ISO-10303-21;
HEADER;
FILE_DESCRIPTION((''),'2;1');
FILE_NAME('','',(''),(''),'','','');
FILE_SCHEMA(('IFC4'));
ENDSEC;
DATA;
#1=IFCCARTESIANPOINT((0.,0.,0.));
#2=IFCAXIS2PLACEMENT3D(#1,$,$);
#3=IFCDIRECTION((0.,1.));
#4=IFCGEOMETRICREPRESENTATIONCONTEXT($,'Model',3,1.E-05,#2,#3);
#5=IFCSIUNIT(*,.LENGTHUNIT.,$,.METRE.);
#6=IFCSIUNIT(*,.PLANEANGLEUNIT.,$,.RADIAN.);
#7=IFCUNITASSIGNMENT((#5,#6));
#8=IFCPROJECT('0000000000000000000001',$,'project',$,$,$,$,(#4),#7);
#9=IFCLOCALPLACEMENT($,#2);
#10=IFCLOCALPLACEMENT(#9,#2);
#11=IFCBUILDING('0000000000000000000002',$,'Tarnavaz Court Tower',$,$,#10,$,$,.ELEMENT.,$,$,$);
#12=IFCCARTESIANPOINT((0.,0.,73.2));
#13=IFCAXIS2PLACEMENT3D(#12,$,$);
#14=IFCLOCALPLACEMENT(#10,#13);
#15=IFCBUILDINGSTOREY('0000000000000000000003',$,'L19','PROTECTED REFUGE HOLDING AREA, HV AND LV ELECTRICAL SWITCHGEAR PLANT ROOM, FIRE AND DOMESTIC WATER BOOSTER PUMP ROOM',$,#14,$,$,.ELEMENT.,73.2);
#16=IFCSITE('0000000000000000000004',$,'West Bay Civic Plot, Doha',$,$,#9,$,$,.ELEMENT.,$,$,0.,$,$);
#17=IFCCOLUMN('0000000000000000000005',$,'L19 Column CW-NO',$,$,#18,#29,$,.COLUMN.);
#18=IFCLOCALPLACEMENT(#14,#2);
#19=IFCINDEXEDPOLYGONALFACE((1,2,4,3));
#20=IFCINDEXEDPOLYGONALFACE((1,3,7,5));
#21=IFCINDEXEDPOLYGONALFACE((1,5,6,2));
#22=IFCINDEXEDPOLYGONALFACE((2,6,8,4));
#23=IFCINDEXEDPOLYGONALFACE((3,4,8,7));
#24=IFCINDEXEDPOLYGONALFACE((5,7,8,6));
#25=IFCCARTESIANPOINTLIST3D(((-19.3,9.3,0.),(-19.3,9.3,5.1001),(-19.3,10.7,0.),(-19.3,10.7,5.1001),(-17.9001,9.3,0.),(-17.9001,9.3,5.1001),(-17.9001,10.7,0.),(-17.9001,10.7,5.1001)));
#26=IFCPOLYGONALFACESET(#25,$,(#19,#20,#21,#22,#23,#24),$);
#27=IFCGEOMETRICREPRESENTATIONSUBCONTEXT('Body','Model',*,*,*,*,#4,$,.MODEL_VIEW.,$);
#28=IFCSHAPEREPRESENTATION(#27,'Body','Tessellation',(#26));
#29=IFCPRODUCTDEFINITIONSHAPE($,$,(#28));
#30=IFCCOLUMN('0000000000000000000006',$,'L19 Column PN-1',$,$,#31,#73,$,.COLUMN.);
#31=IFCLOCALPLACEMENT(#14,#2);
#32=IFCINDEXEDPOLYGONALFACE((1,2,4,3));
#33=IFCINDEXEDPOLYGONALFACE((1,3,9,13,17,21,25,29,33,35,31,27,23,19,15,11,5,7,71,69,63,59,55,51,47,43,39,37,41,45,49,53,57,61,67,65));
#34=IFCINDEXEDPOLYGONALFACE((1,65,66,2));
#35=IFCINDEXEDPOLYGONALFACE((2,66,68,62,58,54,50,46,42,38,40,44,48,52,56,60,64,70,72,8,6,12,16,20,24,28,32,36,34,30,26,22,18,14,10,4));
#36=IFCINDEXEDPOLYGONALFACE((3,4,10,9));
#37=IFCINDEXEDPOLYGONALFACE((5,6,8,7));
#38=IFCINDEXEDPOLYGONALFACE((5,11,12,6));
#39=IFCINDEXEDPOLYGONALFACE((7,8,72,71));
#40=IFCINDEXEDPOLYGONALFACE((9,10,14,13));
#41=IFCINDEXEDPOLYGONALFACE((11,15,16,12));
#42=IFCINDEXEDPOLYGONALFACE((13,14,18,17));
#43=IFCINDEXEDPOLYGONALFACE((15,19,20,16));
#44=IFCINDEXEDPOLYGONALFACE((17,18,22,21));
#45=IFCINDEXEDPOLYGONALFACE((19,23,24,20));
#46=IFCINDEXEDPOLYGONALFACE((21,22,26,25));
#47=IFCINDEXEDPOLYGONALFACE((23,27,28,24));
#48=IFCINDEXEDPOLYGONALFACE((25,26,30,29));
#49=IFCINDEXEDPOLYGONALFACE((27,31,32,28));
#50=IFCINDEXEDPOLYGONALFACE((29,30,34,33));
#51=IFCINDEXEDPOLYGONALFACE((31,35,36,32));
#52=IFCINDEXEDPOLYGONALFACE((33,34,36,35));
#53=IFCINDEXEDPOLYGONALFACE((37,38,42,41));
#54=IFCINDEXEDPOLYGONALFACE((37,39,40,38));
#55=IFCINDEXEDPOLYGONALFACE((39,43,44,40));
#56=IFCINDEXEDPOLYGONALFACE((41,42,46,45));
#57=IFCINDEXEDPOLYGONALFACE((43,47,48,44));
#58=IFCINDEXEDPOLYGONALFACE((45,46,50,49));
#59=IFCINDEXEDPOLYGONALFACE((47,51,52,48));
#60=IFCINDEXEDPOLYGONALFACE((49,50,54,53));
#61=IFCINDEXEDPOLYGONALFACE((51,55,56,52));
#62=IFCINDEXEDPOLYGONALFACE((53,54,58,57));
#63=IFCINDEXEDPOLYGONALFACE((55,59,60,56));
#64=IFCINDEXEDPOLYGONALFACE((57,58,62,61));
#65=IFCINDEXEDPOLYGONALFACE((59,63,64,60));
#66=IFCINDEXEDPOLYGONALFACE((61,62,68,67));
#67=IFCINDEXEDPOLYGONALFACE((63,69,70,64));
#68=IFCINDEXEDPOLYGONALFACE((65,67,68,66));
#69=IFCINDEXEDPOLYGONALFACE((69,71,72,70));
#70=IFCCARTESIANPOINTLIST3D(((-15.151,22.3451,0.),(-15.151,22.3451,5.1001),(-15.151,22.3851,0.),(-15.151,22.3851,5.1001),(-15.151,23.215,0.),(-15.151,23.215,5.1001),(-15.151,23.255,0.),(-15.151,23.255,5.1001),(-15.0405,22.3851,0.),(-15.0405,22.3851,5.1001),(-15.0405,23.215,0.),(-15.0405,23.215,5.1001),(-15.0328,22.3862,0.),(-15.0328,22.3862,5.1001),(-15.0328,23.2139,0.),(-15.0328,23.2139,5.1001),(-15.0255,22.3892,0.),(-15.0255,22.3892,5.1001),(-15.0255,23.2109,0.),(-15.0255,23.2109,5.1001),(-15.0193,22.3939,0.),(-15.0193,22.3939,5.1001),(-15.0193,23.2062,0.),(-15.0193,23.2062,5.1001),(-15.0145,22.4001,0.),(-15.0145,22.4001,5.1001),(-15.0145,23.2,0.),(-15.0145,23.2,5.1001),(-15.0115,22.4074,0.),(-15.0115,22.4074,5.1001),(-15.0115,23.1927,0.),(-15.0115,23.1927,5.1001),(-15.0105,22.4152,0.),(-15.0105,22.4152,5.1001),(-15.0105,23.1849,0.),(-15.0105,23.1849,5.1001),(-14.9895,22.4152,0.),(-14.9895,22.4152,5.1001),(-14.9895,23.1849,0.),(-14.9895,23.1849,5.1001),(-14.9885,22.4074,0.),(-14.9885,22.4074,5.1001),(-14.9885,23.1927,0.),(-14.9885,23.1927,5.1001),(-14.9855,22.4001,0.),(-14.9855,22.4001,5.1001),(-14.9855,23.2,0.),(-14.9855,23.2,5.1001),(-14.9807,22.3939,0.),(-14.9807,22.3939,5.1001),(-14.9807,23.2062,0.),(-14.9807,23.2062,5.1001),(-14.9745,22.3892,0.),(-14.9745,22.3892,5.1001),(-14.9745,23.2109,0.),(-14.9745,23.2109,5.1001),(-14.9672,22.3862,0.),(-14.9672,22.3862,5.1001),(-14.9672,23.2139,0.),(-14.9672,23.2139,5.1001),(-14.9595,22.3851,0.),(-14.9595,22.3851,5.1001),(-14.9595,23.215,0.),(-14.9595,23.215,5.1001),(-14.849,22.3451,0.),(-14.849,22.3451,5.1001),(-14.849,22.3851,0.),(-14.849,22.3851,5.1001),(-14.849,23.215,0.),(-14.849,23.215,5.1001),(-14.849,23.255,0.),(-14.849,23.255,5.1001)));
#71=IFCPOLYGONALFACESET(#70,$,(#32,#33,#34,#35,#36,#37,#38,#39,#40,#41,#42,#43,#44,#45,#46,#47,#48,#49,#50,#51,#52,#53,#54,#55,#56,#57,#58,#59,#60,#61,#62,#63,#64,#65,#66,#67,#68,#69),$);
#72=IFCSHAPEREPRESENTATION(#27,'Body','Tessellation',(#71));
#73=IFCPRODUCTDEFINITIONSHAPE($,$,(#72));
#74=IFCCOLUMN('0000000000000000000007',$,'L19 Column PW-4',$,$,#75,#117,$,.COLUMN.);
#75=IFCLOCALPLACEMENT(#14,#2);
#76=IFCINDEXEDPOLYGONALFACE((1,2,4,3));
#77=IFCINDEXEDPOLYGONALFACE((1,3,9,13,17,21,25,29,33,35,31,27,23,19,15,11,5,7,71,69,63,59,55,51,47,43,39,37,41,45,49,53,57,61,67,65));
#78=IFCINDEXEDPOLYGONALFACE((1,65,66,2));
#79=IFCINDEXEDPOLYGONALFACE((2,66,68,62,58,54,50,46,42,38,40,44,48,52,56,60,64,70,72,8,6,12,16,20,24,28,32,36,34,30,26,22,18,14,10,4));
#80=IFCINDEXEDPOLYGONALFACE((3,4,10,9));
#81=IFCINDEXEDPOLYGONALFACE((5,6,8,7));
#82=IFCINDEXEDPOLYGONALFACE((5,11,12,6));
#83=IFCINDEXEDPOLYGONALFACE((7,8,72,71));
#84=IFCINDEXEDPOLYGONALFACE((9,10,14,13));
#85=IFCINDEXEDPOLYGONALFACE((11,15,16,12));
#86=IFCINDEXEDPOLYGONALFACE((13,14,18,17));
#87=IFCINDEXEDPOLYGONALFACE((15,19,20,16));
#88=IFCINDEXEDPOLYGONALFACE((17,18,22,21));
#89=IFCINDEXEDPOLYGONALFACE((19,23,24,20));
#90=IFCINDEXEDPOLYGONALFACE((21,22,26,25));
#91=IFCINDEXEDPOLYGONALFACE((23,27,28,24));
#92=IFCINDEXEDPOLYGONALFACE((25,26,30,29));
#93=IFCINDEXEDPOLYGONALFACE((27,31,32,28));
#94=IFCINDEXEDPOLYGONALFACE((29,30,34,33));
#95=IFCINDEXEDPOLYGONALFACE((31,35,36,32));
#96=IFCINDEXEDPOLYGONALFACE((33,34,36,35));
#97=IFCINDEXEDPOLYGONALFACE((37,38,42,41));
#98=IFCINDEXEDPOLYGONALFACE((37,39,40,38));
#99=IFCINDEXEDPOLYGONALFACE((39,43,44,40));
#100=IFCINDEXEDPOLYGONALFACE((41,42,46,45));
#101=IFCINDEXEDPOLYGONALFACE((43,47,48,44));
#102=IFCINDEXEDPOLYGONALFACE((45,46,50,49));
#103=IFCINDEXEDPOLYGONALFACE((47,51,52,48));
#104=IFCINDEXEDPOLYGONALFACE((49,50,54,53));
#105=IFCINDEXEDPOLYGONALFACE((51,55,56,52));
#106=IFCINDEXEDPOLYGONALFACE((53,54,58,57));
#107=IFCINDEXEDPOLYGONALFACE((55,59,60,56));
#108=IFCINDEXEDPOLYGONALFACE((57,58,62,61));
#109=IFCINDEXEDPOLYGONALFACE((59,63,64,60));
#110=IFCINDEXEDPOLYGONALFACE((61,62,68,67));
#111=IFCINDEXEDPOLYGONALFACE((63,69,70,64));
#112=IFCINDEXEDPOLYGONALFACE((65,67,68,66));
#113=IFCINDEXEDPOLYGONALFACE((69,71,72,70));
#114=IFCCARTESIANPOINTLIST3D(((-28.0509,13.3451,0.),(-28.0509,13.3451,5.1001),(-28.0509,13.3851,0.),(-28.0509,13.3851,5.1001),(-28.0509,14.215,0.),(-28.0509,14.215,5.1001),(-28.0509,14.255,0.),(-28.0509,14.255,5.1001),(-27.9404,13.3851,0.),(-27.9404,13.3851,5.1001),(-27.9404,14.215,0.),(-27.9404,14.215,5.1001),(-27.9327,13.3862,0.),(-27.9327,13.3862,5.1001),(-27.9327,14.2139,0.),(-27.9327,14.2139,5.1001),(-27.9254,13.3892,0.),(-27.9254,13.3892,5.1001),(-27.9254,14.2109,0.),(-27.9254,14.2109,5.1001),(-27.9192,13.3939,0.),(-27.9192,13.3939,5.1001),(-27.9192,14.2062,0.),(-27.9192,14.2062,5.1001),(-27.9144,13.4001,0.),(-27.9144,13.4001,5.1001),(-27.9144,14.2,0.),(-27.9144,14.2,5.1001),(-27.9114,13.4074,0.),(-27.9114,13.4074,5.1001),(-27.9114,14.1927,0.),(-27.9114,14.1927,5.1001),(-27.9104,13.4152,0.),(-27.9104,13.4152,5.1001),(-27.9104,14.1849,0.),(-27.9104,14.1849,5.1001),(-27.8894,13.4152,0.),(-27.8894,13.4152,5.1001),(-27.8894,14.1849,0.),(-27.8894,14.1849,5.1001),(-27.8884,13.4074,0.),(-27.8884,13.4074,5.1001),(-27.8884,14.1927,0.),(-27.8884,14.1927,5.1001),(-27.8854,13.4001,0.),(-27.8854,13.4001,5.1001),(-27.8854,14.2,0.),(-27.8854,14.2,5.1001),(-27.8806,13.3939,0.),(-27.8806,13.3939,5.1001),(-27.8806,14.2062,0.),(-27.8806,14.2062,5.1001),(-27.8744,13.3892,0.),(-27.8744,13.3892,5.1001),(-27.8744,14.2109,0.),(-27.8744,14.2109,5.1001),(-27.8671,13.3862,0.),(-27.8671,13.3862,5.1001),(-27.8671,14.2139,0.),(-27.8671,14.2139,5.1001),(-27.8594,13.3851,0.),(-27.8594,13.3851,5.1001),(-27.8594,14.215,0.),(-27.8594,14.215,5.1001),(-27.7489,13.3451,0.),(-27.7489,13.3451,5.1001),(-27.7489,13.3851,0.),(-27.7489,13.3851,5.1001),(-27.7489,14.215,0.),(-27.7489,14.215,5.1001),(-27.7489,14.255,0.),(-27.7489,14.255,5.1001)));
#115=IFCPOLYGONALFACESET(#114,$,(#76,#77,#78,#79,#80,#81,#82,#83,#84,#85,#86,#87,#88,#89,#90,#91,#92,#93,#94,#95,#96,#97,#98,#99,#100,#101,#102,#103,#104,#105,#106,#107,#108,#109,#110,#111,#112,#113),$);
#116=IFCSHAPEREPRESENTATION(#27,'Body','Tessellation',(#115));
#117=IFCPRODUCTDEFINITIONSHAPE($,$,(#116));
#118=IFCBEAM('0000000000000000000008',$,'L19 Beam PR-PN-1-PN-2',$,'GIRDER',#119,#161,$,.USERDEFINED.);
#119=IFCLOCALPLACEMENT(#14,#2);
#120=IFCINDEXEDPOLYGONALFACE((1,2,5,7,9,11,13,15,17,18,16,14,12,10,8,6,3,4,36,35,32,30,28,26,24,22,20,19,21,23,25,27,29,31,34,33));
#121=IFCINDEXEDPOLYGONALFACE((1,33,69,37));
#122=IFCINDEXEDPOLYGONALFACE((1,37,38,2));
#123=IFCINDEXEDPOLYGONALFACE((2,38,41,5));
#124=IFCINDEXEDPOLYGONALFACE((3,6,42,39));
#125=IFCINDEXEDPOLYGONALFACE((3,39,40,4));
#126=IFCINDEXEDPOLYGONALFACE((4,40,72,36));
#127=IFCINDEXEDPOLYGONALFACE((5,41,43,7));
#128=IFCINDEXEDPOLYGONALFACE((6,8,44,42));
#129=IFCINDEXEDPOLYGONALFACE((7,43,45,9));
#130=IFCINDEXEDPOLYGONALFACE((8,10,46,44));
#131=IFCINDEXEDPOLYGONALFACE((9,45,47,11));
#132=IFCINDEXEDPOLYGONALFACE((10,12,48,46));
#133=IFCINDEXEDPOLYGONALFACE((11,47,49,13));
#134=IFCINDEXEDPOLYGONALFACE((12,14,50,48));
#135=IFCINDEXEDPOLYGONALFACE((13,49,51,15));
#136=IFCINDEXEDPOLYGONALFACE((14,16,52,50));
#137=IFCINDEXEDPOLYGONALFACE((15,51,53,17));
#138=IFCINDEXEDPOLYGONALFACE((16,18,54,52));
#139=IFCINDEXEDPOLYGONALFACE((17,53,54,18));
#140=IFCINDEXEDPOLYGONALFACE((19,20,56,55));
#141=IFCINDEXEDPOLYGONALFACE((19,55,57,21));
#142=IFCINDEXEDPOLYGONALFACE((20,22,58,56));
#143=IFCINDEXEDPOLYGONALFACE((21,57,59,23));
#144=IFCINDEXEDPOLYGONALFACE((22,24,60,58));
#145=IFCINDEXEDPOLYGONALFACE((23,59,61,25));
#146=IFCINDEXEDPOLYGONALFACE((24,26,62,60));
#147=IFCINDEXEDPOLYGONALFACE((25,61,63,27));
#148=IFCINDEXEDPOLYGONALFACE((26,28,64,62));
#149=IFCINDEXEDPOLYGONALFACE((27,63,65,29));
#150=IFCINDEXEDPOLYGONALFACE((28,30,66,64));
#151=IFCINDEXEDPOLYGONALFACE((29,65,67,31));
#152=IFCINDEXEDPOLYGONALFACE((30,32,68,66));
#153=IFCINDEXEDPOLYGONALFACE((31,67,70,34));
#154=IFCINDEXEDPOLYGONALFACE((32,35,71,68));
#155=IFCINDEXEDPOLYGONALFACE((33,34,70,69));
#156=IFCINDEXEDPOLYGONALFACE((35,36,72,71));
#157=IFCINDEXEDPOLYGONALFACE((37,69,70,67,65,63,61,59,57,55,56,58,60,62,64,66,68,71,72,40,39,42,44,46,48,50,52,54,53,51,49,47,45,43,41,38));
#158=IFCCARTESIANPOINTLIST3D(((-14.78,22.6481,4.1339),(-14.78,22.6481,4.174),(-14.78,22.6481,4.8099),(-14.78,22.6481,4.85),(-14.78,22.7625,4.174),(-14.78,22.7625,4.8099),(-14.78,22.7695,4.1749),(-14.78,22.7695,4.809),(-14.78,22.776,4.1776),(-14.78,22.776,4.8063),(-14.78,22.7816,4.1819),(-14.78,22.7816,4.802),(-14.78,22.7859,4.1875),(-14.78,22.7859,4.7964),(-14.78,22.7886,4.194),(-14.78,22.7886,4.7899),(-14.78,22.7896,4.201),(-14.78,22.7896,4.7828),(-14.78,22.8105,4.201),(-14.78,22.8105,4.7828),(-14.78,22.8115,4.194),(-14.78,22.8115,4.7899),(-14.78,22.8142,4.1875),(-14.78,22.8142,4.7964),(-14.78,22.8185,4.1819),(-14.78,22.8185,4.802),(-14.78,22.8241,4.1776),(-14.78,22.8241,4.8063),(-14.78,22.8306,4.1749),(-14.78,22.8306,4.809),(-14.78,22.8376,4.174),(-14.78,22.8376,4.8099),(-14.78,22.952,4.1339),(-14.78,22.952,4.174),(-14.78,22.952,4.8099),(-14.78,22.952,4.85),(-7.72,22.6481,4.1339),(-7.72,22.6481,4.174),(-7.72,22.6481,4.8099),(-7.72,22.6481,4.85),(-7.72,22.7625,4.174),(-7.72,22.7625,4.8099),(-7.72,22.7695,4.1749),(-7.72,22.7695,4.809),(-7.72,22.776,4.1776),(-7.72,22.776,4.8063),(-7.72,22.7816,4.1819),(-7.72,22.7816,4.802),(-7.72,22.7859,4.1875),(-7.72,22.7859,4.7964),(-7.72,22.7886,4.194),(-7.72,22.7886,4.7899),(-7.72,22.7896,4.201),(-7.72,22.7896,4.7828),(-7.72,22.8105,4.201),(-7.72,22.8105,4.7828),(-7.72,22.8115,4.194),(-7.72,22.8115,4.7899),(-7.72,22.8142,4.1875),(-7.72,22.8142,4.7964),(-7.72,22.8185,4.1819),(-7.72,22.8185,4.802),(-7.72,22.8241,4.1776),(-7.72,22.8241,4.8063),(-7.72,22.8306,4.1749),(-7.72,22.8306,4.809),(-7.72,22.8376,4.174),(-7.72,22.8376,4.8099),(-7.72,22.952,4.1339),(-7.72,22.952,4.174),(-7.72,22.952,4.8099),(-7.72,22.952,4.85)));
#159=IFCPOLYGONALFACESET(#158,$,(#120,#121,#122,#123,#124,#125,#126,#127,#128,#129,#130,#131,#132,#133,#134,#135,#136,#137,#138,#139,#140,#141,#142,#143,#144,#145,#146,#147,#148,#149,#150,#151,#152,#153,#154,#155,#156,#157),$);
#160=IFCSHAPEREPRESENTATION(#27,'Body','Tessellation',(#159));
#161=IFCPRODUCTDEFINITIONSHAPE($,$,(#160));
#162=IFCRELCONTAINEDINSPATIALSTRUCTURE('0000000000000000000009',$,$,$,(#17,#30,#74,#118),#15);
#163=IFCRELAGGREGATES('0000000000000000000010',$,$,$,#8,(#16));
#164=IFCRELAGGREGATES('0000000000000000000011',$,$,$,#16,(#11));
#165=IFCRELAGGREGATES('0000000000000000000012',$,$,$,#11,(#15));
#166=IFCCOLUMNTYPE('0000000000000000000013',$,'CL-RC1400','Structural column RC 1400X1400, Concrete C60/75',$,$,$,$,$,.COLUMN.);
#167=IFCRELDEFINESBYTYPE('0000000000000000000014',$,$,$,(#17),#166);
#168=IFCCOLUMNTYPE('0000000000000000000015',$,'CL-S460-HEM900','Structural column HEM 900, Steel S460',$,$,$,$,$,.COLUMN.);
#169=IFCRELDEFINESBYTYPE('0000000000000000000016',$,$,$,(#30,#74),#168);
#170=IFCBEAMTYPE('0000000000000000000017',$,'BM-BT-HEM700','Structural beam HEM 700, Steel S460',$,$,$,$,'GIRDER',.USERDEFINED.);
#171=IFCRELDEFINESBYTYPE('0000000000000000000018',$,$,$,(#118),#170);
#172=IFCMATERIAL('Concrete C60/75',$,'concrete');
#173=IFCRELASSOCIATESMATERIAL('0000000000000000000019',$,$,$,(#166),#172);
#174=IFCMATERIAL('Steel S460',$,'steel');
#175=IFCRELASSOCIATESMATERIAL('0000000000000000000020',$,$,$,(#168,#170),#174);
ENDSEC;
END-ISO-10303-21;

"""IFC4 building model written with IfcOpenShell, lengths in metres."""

from ifc_helpers import new_model, si_unit, direction, frame, origin, origin_2d, place, context, subcontext, project, spatial, rectangle, i_section, extrude, material, material_profile, profile_set, type_object, element, save


model = new_model("IFC4")

# Units and contexts
model_context = context("Model", 3, precision=1e-05, world=origin(), true_north=direction((0.0, 1.0)))
body_context = subcontext(model_context, "Body", "Model", "MODEL_VIEW")
ifc_project = project(units=[si_unit("LENGTHUNIT", "METRE"), si_unit("PLANEANGLEUNIT", "RADIAN")], contexts=[model_context])

# Site, building, storey
site_placement = place(None, origin())
site = spatial("IfcSite", under=ifc_project, at=site_placement, Name="West Bay Civic Plot, Doha", CompositionType="ELEMENT", RefElevation=0.0)
building_placement = place(site_placement, origin())
building = spatial("IfcBuilding", under=site, at=building_placement, Name="Tarnavaz Court Tower", CompositionType="ELEMENT")
storey_placement = place(building_placement, frame((0.0, 0.0, 73.2)))
storey = spatial("IfcBuildingStorey", under=building, at=storey_placement, Name="L19", Description="PROTECTED REFUGE HOLDING AREA, HV AND LV ELECTRICAL SWITCHGEAR PLANT ROOM, FIRE AND DOMESTIC WATER BOOSTER PUMP ROOM", CompositionType="ELEMENT", Elevation=73.2)

# Columns
ifc_material_1 = material(Name="Concrete C60/75", Category="concrete")
ifc_material_profile_1 = material_profile(ifc_material_1, rectangle(XDim=1.3999, YDim=1.3999, at=origin_2d()), Name="RC 1400X1400")
ifc_profile_set_1 = profile_set([ifc_material_profile_1], Name="Concrete C60/75")
column_type_1 = type_object("IfcColumnType", Name="CL-RC1400", Description="Structural column RC 1400X1400, Concrete C60/75", PredefinedType="COLUMN", material=ifc_profile_set_1)
column_placement = place(storey_placement, frame((-18.6001, 10.0, 0.0), z_axis=(0.0, 0.0, 1.0), x_axis=(1.0, 0.0, 0.0)))
element("IfcColumn", 1, at=column_placement, inside=storey, type_object=column_type_1, Name="L19 Column CW-NO", PredefinedType="COLUMN", context=body_context, shape_type="SweptSolid", body=[
    extrude(rectangle(XDim=1.3999, YDim=1.3999, at=origin_2d()), origin(), (0.0, 0.0, 1.0), 5.1001),
])
ifc_material_2 = material(Name="Steel S460", Category="steel")
ifc_material_profile_2 = material_profile(ifc_material_2, i_section(OverallWidth=0.302, OverallDepth=0.9099, WebThickness=0.021, FlangeThickness=0.04, FilletRadius=0.03, at=origin_2d()), Name="HEM 900")
ifc_profile_set_2 = profile_set([ifc_material_profile_2], Name="Steel S460")
column_type_2 = type_object("IfcColumnType", Name="CL-S460-HEM900", Description="Structural column HEM 900, Steel S460", PredefinedType="COLUMN", material=ifc_profile_set_2)
for number, where, z_axis, x_axis, name in (
    (2, (-15.0, 22.8, 0.0), (0.0, 0.0, 1.0), (1.0, 0.0, 0.0), "L19 Column PN-1"),
    (3, (-27.8999, 13.8, 0.0), (0.0, 0.0, 1.0), (1.0, 0.0, 0.0), "L19 Column PW-4"),
):
    element("IfcColumn", number, at=place(storey_placement, frame(where, z_axis=z_axis, x_axis=x_axis)), inside=storey, type_object=column_type_2, Name=name, PredefinedType="COLUMN", context=body_context, shape_type="SweptSolid", body=[
        extrude(i_section(OverallWidth=0.302, OverallDepth=0.9099, WebThickness=0.021, FlangeThickness=0.04, FilletRadius=0.03, at=origin_2d()), origin(), (0.0, 0.0, 1.0), 5.1001),
    ])

# Beam
ifc_material_profile_3 = material_profile(ifc_material_2, i_section(OverallWidth=0.304, OverallDepth=0.7161, WebThickness=0.021, FlangeThickness=0.04, FilletRadius=0.0271, at=origin_2d()), Name="HEM 700")
ifc_profile_set_3 = profile_set([ifc_material_profile_3], Name="Steel S460")
beam_type_1 = type_object("IfcBeamType", Name="BM-BT-HEM700", Description="Structural beam HEM 700, Steel S460", ElementType="GIRDER", PredefinedType="USERDEFINED", material=ifc_profile_set_3)
beam_1_placement = place(storey_placement, frame((-14.78, 22.8, 4.4919), z_axis=(1.0, 0.0, 0.0), x_axis=(0.0, 1.0, 0.0)))
element("IfcBeam", 4, at=beam_1_placement, inside=storey, type_object=beam_type_1, Name="L19 Beam PR-PN-1-PN-2", ObjectType="GIRDER", PredefinedType="USERDEFINED", context=body_context, shape_type="SweptSolid", body=[
    extrude(i_section(OverallWidth=0.304, OverallDepth=0.7161, WebThickness=0.021, FlangeThickness=0.04, FilletRadius=0.0271, at=origin_2d()), origin(), (0.0, 0.0, 1.0), 7.0601),
])

save(model, "model.ifc")
